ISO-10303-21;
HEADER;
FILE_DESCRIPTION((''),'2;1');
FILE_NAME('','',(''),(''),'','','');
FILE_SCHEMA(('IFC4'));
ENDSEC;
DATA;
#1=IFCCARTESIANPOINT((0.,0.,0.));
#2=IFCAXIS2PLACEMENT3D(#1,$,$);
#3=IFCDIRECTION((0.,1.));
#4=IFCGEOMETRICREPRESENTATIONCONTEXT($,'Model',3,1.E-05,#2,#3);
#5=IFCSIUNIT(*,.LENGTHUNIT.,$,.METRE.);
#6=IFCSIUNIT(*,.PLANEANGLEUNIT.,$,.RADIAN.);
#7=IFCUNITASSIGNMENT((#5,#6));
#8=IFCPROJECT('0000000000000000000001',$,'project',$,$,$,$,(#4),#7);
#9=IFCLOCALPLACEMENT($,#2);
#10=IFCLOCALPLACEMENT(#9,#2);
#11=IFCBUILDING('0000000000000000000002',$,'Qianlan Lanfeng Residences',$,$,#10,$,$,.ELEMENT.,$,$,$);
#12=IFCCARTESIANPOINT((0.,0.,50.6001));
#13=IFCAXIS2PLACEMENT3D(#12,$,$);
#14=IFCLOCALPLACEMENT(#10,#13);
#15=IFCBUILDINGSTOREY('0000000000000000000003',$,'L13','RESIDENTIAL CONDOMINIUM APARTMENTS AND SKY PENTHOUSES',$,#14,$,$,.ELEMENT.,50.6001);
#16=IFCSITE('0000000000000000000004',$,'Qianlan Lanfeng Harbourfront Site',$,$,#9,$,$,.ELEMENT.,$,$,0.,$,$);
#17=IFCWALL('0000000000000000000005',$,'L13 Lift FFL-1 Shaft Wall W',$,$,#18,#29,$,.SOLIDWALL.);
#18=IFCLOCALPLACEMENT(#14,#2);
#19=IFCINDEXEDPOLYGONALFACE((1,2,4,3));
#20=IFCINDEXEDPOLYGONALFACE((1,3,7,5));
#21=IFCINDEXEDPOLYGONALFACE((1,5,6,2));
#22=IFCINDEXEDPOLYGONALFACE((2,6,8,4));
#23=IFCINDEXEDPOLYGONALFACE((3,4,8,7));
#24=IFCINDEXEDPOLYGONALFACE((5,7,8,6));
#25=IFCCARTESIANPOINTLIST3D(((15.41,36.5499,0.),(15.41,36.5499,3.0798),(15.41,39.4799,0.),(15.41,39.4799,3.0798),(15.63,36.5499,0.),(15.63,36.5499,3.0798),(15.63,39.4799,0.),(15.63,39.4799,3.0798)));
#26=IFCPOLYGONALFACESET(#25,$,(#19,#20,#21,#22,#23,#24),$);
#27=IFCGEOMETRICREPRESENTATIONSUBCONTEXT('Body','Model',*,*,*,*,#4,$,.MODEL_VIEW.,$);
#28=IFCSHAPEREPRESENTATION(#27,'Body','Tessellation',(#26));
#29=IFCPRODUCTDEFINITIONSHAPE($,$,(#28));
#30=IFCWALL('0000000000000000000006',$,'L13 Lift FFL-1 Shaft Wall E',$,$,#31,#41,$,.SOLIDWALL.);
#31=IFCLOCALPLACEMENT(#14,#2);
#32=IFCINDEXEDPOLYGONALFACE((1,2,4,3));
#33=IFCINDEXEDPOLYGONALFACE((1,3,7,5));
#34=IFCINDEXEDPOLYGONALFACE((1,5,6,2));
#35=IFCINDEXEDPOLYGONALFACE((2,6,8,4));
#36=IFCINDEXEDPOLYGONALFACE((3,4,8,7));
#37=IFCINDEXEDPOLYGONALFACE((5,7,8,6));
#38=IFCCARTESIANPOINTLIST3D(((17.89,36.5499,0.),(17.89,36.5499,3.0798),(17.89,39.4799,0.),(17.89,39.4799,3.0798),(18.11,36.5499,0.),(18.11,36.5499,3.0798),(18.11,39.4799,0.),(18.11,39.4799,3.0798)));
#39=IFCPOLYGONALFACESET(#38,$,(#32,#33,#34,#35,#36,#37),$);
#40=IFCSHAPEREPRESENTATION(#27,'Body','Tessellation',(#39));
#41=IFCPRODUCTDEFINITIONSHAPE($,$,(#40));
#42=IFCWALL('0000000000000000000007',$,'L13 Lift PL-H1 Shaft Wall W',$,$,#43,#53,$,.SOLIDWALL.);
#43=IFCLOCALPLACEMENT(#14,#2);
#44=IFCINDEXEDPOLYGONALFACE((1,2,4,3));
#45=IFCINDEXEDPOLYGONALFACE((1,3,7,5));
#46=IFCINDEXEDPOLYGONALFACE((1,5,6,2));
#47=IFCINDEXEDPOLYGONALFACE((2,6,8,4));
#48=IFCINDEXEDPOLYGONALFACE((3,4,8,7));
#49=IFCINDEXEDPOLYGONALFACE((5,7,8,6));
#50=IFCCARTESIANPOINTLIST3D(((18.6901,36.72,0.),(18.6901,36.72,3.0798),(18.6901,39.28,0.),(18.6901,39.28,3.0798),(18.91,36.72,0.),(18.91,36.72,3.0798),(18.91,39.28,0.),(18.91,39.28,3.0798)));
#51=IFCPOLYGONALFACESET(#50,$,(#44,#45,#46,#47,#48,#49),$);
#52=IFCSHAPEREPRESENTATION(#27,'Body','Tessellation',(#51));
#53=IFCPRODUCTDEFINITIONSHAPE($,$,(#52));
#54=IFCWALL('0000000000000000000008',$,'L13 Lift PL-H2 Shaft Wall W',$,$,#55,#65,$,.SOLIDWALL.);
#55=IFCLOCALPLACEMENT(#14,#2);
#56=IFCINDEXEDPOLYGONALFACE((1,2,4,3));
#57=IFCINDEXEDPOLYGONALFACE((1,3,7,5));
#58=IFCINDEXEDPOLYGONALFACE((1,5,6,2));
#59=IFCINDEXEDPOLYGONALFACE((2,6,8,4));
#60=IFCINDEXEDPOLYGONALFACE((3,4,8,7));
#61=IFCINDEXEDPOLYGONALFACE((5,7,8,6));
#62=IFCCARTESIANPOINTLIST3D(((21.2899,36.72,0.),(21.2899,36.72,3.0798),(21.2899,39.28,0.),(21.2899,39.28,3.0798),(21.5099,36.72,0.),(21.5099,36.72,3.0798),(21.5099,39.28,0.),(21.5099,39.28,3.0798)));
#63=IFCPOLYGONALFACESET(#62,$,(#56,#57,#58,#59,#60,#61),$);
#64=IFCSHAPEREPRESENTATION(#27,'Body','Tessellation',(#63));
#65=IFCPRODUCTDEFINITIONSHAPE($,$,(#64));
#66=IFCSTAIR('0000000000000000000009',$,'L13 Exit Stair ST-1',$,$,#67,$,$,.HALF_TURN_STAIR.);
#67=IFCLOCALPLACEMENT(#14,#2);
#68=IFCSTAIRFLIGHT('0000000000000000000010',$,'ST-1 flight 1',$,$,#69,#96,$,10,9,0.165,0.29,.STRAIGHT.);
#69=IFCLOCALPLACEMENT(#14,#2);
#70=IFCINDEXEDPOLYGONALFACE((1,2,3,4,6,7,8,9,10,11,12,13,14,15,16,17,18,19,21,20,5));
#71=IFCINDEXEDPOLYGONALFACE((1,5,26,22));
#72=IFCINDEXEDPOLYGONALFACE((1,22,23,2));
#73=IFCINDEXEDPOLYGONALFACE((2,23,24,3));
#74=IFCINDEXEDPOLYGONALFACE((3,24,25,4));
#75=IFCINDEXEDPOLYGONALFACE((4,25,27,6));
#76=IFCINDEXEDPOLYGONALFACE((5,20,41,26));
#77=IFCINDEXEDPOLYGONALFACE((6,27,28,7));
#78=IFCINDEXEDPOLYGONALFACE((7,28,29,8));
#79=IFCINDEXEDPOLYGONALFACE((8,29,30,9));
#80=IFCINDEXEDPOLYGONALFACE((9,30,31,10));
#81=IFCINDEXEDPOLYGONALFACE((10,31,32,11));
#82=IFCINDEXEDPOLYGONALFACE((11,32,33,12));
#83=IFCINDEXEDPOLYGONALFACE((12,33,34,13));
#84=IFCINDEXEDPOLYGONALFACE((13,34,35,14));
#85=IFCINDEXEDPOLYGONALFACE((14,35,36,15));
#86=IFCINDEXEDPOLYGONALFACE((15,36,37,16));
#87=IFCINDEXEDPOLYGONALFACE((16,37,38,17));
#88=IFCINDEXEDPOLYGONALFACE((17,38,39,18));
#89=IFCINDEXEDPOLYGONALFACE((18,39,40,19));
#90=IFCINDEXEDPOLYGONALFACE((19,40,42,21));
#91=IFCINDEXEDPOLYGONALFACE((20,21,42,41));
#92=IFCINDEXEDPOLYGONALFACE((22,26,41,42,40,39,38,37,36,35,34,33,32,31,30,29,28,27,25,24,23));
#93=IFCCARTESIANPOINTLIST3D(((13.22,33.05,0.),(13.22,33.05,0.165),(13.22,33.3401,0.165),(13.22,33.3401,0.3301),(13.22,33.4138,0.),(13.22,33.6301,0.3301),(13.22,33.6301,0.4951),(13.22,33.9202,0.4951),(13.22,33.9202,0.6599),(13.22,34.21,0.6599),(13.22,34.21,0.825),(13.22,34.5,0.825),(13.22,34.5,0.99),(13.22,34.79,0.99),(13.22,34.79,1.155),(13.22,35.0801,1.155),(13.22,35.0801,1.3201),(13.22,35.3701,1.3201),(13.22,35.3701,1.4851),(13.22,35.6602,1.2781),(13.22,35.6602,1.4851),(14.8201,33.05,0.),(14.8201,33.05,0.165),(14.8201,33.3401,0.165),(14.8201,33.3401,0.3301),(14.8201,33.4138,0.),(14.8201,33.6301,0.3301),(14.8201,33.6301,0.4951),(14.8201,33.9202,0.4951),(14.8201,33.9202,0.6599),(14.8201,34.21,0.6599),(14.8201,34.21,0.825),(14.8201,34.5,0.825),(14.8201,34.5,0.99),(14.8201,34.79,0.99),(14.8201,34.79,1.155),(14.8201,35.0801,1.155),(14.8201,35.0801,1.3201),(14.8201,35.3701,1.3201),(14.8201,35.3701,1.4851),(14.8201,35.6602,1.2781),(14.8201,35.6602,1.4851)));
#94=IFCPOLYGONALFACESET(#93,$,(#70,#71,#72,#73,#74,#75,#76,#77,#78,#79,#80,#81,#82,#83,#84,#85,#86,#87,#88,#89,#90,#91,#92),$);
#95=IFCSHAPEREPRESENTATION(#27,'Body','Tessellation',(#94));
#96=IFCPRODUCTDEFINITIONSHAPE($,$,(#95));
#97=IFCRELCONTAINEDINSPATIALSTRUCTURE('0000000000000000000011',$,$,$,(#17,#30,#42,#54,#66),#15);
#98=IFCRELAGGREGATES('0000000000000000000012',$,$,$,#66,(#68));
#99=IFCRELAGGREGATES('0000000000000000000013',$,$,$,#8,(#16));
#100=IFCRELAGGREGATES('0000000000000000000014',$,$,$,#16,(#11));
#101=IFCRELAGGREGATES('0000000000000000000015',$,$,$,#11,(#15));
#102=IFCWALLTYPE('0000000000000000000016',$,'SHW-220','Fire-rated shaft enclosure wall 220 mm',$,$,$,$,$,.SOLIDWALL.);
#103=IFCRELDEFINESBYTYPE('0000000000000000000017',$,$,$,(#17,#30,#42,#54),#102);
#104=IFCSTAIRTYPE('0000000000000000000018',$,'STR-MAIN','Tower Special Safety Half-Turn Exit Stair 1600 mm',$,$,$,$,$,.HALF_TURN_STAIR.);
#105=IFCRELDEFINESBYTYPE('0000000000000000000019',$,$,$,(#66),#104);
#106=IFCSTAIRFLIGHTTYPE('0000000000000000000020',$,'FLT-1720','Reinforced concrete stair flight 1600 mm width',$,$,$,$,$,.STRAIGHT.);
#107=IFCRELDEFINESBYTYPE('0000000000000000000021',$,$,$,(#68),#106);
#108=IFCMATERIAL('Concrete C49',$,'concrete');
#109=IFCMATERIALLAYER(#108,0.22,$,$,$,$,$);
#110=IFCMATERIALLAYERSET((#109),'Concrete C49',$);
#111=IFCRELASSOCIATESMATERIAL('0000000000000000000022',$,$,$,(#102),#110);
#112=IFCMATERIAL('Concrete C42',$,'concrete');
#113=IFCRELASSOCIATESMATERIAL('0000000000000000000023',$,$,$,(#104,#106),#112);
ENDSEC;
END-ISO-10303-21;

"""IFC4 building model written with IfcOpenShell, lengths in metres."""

from ifc_helpers import new_model, si_unit, direction, frame, frame_2d, origin, place, context, subcontext, project, spatial, polyline, rectangle, outline, extrude, material, layer, layer_set, type_object, element, aggregate, save


model = new_model("IFC4")

# Units and contexts
model_context = context("Model", 3, precision=1e-05, world=origin(), true_north=direction((0.0, 1.0)))
body_context = subcontext(model_context, "Body", "Model", "MODEL_VIEW")
ifc_project = project(units=[si_unit("LENGTHUNIT", "METRE"), si_unit("PLANEANGLEUNIT", "RADIAN")], contexts=[model_context])

# Site, building, storey
site_placement = place(None, origin())
site = spatial("IfcSite", under=ifc_project, at=site_placement, Name="Qianlan Lanfeng Harbourfront Site", CompositionType="ELEMENT", RefElevation=0.0)
building_placement = place(site_placement, origin())
building = spatial("IfcBuilding", under=site, at=building_placement, Name="Qianlan Lanfeng Residences", CompositionType="ELEMENT")
storey_placement = place(building_placement, frame((0.0, 0.0, 50.6001)))
storey = spatial("IfcBuildingStorey", under=building, at=storey_placement, Name="L13", Description="RESIDENTIAL CONDOMINIUM APARTMENTS AND SKY PENTHOUSES", CompositionType="ELEMENT", Elevation=50.6001)

# Walls
ifc_material_1 = material(Name="Concrete C49", Category="concrete")
ifc_layer_1 = layer(ifc_material_1, 0.22)
ifc_layer_set_1 = layer_set([ifc_layer_1], Name="Concrete C49")
wall_type_1 = type_object("IfcWallType", Name="SHW-220", Description="Fire-rated shaft enclosure wall 220 mm", PredefinedType="SOLIDWALL", material=ifc_layer_set_1)
for number, where, z_axis, x_axis, name in (
    (1, (15.52, 36.55, 0.0), (0.0, 0.0, 1.0), (0.0, 1.0, 0.0), "L13 Lift FFL-1 Shaft Wall W"),
    (2, (18.0, 36.55, 0.0), (0.0, 0.0, 1.0), (0.0, 1.0, 0.0), "L13 Lift FFL-1 Shaft Wall E"),
):
    element("IfcWall", number, at=place(storey_placement, frame(where, z_axis=z_axis, x_axis=x_axis)), inside=storey, type_object=wall_type_1, Name=name, PredefinedType="SOLIDWALL", context=body_context, shape_type="SweptSolid", body=[
        extrude(rectangle(XDim=2.9299, YDim=0.22, at=frame_2d((1.4648, 0.0))), origin(), (0.0, 0.0, 1.0), 3.0798),
    ])
for number, where, z_axis, x_axis, name in (
    (3, (18.8, 36.72, 0.0), (0.0, 0.0, 1.0), (0.0, 1.0, 0.0), "L13 Lift PL-H1 Shaft Wall W"),
    (4, (21.3999, 36.72, 0.0), (0.0, 0.0, 1.0), (0.0, 1.0, 0.0), "L13 Lift PL-H2 Shaft Wall W"),
):
    element("IfcWall", number, at=place(storey_placement, frame(where, z_axis=z_axis, x_axis=x_axis)), inside=storey, type_object=wall_type_1, Name=name, PredefinedType="SOLIDWALL", context=body_context, shape_type="SweptSolid", body=[
        extrude(rectangle(XDim=2.5601, YDim=0.22, at=frame_2d((1.28, 0.0))), origin(), (0.0, 0.0, 1.0), 3.0798),
    ])

# Stair, stair flight
ifc_material_2 = material(Name="Concrete C42", Category="concrete")
stair_type = type_object("IfcStairType", Name="STR-MAIN", Description="Tower Special Safety Half-Turn Exit Stair 1600 mm", PredefinedType="HALF_TURN_STAIR", material=ifc_material_2)
stair_placement = place(storey_placement, origin())
stair = element("IfcStair", 5, at=stair_placement, inside=storey, type_object=stair_type, Name="L13 Exit Stair ST-1", PredefinedType="HALF_TURN_STAIR")
stair_flight_type = type_object("IfcStairFlightType", Name="FLT-1720", Description="Reinforced concrete stair flight 1600 mm width", PredefinedType="STRAIGHT", material=ifc_material_2)
stair_flight_placement = place(storey_placement, frame((14.02, 33.05, 0.0), z_axis=(0.0, 0.0, 1.0), x_axis=(0.0, 1.0, 0.0)))
stair_flight = element("IfcStairFlight", 6, at=stair_flight_placement, type_object=stair_flight_type, Name="ST-1 flight 1", NumberOfRisers=10, NumberOfTreads=9, PredefinedType="STRAIGHT", RiserHeight=0.165, TreadLength=0.29, context=body_context, shape_type="SweptSolid", body=[
    extrude(outline(polyline([(0.0, 0.0), (0.0, 0.165), (0.29, 0.165), (0.29, 0.3301), (0.5801, 0.3301), (0.5801, 0.4951), (0.8701, 0.4951), (0.8701, 0.6599), (1.1599, 0.6599), (1.1599, 0.825), (1.45, 0.825), (1.45, 0.99), (1.74, 0.99), (1.74, 1.155), (2.03, 1.155), (2.03, 1.3201), (2.3201, 1.3201), (2.3201, 1.4851), (2.6101, 1.4851), (2.6101, 1.6499), (2.6101, 1.2781), (0.3638, 0.0), (0.0, 0.0)])), frame((0.0, 0.8, 0.0), z_axis=(0.0, -1.0, 0.0), x_axis=(1.0, 0.0, 0.0)), (0.0, 0.0, 1.0), 1.6001),
])
aggregate(stair, [stair_flight])

save(model, "model.ifc")
